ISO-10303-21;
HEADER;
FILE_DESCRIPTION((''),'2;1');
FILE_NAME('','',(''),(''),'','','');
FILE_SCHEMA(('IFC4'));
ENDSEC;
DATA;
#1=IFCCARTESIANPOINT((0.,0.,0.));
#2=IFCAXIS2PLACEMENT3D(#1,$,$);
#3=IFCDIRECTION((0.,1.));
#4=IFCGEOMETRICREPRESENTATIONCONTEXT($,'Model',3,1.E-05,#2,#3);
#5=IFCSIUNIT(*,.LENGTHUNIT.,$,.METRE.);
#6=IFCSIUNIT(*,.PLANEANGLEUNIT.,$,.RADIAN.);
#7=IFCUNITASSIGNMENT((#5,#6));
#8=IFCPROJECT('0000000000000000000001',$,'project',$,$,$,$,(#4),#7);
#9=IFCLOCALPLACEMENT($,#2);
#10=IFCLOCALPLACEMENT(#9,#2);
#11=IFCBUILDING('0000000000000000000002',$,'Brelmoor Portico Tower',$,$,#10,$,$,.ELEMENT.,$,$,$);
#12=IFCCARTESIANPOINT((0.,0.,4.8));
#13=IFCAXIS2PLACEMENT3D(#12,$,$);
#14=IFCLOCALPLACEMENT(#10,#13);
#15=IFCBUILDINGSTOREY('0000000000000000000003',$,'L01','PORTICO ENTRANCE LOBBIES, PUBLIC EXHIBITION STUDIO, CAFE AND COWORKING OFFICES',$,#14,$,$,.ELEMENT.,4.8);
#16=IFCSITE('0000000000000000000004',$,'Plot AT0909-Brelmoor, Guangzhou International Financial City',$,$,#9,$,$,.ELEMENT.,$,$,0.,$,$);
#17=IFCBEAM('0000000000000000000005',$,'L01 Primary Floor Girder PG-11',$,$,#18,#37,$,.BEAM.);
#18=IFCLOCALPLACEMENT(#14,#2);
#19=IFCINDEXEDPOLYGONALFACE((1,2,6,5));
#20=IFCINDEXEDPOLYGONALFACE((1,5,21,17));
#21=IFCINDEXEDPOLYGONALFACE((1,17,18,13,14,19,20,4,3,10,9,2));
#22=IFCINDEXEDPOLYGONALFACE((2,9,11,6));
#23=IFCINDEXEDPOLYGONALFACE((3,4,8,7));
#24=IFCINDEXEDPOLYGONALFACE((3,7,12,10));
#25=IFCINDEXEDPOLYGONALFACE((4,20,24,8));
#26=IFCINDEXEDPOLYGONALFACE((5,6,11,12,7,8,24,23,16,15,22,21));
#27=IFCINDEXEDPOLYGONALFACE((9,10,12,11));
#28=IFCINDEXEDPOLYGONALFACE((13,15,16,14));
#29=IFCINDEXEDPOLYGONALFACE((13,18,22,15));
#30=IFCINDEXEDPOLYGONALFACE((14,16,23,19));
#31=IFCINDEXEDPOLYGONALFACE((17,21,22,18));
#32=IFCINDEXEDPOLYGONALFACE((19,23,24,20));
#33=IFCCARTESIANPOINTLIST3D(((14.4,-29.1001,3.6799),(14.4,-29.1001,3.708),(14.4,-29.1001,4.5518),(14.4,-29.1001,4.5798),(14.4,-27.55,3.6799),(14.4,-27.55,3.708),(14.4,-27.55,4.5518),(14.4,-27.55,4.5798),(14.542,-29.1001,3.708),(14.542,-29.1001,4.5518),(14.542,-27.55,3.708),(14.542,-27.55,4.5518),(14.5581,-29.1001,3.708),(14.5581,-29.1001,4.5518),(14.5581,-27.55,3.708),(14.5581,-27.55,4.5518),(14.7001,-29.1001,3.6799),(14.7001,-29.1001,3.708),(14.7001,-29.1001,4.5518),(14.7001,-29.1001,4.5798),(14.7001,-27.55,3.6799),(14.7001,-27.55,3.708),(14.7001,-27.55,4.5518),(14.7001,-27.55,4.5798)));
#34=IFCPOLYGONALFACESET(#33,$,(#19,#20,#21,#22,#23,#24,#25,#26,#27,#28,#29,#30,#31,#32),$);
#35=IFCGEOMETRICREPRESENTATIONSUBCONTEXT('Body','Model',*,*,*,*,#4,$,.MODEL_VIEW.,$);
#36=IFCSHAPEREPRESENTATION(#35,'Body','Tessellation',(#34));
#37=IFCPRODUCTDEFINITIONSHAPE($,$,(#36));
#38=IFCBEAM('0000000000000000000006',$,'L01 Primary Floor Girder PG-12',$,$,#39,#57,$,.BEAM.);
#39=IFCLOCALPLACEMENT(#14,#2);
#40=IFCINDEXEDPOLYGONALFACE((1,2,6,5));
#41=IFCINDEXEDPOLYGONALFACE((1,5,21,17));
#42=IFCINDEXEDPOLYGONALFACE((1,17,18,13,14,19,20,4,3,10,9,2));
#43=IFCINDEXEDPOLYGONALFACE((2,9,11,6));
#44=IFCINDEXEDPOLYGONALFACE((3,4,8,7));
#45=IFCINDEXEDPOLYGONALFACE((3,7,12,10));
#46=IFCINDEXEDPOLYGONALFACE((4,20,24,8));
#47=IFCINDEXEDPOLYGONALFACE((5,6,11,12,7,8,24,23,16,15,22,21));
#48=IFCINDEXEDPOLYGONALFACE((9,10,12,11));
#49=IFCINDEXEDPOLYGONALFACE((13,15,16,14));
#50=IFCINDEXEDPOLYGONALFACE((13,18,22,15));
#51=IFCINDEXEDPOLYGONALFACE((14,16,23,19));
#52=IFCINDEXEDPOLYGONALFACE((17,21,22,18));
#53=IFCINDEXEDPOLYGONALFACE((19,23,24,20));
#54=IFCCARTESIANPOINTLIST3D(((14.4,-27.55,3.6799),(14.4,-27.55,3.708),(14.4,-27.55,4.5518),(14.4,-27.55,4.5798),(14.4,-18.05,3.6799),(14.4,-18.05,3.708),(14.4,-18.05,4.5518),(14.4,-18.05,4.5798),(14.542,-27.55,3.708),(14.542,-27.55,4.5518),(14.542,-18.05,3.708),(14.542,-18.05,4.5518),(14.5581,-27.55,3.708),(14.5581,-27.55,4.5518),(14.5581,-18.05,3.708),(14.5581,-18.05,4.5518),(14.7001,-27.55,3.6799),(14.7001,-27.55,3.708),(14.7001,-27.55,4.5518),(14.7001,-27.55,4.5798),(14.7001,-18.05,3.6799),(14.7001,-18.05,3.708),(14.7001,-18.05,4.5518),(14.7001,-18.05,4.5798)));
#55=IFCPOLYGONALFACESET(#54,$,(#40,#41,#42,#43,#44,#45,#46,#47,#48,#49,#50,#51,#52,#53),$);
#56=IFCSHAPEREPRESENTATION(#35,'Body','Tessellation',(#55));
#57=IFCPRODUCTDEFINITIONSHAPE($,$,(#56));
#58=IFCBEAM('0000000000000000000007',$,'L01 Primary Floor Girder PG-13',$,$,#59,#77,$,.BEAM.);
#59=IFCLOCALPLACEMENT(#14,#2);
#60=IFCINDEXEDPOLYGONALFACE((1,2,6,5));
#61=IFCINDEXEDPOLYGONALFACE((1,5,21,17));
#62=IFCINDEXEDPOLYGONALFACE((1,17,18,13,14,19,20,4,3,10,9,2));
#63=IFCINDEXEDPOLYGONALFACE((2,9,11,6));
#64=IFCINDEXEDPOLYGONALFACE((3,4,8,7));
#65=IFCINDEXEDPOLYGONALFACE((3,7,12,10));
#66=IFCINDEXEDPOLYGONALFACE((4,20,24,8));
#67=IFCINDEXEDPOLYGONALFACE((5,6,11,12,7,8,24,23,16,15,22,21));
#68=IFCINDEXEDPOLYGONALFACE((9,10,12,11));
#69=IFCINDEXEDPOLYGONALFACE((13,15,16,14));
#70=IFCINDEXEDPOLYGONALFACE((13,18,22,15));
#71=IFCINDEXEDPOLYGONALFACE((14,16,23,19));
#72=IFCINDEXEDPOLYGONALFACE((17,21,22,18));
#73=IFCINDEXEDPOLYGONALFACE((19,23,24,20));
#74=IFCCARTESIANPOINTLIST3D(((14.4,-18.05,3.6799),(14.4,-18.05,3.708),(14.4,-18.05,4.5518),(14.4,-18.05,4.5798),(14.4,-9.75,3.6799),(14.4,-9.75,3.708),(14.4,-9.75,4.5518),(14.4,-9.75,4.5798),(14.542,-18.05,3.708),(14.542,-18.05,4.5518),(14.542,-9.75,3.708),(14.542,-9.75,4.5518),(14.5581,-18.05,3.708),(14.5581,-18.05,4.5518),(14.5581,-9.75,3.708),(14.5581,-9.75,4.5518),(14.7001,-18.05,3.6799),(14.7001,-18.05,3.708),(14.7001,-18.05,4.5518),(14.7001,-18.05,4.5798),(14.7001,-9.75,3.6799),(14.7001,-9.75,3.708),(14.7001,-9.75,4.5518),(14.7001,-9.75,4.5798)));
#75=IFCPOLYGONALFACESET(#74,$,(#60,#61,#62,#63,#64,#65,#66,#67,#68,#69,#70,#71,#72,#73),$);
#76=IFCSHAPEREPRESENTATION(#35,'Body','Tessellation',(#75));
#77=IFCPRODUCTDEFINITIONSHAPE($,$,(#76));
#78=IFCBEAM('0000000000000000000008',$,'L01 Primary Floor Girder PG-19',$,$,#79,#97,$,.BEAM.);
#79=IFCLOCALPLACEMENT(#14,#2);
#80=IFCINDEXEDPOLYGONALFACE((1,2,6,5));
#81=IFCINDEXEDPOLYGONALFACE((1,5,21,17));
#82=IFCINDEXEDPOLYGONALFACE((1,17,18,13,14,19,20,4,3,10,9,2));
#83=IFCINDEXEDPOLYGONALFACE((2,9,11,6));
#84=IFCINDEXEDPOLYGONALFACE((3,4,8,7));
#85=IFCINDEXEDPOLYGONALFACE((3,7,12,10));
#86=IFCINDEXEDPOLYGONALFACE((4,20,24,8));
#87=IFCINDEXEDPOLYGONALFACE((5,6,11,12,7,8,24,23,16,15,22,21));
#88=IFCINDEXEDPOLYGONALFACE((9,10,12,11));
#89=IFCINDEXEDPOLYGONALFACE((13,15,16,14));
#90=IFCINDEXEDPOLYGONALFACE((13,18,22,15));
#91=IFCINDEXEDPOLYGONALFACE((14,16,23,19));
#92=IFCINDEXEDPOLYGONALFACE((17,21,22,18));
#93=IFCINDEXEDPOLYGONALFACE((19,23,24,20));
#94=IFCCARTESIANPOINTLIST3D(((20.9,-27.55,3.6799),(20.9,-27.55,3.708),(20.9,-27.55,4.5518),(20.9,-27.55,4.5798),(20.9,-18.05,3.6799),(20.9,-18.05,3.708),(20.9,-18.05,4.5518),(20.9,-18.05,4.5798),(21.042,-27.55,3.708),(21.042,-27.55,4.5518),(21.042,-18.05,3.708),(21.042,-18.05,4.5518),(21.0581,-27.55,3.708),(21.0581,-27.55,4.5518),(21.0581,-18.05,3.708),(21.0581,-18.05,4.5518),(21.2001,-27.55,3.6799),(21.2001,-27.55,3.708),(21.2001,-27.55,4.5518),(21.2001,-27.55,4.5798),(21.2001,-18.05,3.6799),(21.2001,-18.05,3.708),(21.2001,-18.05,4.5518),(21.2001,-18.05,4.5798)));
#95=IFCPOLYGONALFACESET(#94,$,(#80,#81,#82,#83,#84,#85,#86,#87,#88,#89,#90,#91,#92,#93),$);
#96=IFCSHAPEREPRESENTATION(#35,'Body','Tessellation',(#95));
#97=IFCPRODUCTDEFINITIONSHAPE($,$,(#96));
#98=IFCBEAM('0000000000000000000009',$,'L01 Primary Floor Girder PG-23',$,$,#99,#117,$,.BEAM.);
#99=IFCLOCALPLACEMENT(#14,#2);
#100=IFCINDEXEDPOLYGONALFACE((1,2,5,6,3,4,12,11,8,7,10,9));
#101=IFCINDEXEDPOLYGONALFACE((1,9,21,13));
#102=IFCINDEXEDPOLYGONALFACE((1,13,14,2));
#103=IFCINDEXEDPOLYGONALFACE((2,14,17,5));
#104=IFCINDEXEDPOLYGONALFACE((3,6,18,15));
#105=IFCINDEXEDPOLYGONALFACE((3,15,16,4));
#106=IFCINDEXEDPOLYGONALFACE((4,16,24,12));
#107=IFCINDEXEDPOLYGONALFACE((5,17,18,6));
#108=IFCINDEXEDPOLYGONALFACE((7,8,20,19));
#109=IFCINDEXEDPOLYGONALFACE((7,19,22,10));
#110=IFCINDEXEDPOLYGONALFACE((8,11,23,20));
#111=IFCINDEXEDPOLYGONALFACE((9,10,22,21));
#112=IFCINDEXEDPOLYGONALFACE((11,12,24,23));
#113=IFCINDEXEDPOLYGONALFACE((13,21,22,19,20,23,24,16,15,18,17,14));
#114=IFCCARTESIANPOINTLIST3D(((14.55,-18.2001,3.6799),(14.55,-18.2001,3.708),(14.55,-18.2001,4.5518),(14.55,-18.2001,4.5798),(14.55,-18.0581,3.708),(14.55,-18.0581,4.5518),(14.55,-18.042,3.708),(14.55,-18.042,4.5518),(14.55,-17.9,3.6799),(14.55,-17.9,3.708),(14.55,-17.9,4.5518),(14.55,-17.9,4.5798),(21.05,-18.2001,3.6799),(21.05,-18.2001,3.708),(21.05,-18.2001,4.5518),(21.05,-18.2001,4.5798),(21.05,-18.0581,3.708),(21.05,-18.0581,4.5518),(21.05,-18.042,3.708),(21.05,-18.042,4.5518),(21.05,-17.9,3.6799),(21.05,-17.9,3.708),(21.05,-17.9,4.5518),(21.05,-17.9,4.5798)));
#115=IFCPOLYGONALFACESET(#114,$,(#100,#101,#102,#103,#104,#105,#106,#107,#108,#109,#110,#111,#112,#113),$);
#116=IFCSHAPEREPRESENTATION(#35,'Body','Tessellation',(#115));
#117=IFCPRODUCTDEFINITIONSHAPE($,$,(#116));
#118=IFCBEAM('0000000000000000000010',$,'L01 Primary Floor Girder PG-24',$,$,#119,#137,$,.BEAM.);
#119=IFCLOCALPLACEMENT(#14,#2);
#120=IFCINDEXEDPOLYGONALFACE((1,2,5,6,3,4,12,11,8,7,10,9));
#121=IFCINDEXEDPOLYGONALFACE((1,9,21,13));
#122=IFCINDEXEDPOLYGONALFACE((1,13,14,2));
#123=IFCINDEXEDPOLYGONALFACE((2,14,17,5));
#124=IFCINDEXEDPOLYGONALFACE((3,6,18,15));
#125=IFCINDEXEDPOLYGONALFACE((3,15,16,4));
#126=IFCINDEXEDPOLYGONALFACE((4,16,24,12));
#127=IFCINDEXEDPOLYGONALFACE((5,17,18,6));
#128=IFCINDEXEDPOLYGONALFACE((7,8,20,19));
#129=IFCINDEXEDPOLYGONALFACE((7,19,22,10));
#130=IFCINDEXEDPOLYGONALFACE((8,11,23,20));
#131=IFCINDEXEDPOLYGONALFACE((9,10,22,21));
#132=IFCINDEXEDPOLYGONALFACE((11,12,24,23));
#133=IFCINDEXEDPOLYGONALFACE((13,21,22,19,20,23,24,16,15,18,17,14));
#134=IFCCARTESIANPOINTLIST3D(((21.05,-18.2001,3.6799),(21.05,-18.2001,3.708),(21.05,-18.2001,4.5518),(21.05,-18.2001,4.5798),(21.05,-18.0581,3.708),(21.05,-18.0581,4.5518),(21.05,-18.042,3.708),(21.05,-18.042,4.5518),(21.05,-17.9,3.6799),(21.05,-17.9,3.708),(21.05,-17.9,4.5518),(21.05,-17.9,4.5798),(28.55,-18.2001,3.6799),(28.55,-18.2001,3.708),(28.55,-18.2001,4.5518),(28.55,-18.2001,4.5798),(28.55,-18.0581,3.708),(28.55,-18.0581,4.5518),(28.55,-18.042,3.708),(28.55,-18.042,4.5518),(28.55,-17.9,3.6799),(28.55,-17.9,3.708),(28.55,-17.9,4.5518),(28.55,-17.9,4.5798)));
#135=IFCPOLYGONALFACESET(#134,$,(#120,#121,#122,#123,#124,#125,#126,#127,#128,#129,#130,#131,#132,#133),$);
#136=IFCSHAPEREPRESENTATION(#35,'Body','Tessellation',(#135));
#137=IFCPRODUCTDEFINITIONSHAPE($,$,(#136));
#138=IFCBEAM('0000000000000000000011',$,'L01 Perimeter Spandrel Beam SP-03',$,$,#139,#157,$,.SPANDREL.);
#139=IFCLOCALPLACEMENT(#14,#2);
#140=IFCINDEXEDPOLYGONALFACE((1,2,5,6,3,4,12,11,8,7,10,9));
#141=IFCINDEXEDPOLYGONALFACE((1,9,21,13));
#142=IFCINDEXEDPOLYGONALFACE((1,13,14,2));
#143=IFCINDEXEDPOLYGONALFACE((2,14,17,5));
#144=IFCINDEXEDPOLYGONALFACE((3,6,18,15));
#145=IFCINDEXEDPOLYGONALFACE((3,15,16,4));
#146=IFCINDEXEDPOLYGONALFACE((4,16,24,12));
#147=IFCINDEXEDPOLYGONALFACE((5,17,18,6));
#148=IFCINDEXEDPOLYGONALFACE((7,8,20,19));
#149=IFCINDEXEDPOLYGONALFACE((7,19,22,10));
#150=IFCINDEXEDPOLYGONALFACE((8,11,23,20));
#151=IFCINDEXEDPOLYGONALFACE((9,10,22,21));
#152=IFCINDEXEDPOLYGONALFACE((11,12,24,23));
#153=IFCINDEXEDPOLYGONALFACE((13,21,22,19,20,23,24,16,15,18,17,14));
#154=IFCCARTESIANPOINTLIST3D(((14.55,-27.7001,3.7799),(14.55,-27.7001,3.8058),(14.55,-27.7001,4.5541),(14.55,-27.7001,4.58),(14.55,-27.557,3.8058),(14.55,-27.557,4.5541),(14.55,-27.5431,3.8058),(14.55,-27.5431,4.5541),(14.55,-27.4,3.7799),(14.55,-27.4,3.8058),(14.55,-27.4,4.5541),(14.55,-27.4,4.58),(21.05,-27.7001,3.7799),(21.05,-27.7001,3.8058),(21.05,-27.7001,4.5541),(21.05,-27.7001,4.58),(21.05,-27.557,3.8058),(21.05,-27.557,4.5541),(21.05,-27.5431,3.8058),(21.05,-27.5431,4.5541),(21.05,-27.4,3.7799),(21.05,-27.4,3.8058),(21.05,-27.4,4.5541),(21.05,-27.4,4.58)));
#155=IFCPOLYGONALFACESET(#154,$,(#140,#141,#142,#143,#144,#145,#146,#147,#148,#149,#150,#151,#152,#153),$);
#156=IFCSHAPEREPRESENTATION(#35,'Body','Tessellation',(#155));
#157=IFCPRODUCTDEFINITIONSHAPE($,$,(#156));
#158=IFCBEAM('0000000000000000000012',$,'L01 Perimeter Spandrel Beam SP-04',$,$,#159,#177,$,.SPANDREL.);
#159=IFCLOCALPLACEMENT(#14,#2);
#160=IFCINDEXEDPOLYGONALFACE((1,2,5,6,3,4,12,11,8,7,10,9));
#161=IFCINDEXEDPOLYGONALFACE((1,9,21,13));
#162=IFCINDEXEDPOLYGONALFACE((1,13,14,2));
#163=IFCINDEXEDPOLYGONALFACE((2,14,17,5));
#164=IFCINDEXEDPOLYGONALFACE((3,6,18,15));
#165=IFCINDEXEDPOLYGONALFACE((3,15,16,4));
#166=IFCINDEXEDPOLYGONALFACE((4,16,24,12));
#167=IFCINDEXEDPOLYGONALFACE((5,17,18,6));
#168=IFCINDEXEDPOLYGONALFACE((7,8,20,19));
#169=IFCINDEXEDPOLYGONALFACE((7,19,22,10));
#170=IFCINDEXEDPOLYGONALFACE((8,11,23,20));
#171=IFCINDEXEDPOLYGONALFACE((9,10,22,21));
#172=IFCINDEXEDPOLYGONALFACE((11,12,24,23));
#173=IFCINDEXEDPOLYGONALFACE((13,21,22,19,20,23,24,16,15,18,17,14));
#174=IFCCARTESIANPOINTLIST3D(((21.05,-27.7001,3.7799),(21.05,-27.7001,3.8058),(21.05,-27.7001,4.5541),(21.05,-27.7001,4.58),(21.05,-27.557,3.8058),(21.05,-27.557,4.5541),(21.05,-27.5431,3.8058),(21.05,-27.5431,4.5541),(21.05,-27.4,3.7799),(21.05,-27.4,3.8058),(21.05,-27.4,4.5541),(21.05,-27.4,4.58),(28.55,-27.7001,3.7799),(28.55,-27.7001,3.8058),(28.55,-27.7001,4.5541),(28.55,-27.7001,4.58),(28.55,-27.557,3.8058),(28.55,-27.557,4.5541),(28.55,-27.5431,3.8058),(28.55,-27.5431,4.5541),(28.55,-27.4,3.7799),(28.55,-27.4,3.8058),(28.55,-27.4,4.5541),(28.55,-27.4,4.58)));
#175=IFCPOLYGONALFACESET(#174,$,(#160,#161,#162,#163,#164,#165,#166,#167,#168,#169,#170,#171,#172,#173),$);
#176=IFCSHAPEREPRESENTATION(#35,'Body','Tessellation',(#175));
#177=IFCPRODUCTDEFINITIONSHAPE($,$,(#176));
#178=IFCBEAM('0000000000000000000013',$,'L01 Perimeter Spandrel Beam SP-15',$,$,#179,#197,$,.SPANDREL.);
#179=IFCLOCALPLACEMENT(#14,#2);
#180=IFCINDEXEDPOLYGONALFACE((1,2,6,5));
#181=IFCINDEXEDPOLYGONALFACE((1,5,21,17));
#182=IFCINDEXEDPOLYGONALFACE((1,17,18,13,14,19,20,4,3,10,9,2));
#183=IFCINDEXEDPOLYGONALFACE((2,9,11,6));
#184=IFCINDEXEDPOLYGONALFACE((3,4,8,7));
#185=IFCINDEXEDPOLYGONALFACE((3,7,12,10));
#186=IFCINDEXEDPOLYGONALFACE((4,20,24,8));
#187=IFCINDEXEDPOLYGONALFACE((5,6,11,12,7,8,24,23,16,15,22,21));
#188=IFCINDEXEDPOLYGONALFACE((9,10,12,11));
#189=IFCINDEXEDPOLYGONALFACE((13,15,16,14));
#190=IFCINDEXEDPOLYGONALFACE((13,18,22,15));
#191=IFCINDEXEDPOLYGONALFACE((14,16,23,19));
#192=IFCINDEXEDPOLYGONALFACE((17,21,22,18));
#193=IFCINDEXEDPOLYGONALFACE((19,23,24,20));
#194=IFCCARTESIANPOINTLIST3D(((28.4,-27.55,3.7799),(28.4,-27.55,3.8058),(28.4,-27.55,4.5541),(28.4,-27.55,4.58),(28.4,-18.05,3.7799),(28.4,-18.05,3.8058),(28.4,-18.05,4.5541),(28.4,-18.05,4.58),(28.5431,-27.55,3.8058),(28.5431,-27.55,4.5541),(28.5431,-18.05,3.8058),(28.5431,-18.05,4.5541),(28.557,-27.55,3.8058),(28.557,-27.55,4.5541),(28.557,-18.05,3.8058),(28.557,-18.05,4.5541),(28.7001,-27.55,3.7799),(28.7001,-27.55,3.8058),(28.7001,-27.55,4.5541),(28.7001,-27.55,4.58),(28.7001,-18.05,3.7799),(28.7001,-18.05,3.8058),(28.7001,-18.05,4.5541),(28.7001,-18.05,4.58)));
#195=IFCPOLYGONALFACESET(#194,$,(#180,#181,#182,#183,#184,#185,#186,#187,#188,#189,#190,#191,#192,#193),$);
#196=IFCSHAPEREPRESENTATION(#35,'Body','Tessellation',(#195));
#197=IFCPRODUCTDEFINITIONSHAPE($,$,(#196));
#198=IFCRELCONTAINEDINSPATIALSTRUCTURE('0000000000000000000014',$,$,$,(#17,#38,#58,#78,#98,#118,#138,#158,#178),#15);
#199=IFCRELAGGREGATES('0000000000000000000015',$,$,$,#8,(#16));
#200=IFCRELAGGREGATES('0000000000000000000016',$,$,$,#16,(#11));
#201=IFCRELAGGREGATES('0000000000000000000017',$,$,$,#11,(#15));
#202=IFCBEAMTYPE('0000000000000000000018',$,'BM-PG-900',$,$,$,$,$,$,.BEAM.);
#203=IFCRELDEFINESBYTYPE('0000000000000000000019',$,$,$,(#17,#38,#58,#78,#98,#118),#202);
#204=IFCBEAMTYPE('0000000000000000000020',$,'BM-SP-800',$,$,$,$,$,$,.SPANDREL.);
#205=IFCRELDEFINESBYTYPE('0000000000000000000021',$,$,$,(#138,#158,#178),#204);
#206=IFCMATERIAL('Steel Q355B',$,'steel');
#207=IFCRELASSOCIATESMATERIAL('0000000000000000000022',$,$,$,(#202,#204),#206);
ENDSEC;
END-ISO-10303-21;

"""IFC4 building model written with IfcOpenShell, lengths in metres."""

from ifc_helpers import new_model, si_unit, direction, frame, origin, origin_2d, place, context, subcontext, project, spatial, i_section, extrude, material, material_profile, profile_set, type_object, element, save


model = new_model("IFC4")

# Units and contexts
model_context = context("Model", 3, precision=1e-05, world=origin(), true_north=direction((0.0, 1.0)))
body_context = subcontext(model_context, "Body", "Model", "MODEL_VIEW")
ifc_project = project(units=[si_unit("LENGTHUNIT", "METRE"), si_unit("PLANEANGLEUNIT", "RADIAN")], contexts=[model_context])

# Site, building, storey
site_placement = place(None, origin())
site = spatial("IfcSite", under=ifc_project, at=site_placement, Name="Plot AT0909-Brelmoor, Guangzhou International Financial City", CompositionType="ELEMENT", RefElevation=0.0)
building_placement = place(site_placement, origin())
building = spatial("IfcBuilding", under=site, at=building_placement, Name="Brelmoor Portico Tower", CompositionType="ELEMENT")
storey_placement = place(building_placement, frame((0.0, 0.0, 4.8)))
storey = spatial("IfcBuildingStorey", under=building, at=storey_placement, Name="L01", Description="PORTICO ENTRANCE LOBBIES, PUBLIC EXHIBITION STUDIO, CAFE AND COWORKING OFFICES", CompositionType="ELEMENT", Elevation=4.8)

# Beams
ifc_material_1 = material(Name="Steel Q355B", Category="steel")
ifc_material_profile_1 = material_profile(ifc_material_1, i_section(OverallWidth=0.3, OverallDepth=0.8999, WebThickness=0.0161, FlangeThickness=0.0281, at=origin_2d()), Name="HN 900x300x16x28")
ifc_profile_set_1 = profile_set([ifc_material_profile_1], Name="Steel Q355B")
beam_type_1 = type_object("IfcBeamType", Name="BM-PG-900", PredefinedType="BEAM", material=ifc_profile_set_1)
beam_1_placement = place(storey_placement, frame((14.55, -29.1001, 4.1299), z_axis=(0.0, 1.0, 0.0), x_axis=(-1.0, 0.0, 0.0)))
element("IfcBeam", 1, at=beam_1_placement, inside=storey, type_object=beam_type_1, Name="L01 Primary Floor Girder PG-11", PredefinedType="BEAM", context=body_context, shape_type="SweptSolid", body=[
    extrude(i_section(OverallWidth=0.3, OverallDepth=0.8999, WebThickness=0.0161, FlangeThickness=0.0281, at=origin_2d()), origin(), (0.0, 0.0, 1.0), 1.55),
])
beam_2_placement = place(storey_placement, frame((14.55, -27.55, 4.1299), z_axis=(0.0, 1.0, 0.0), x_axis=(-1.0, 0.0, 0.0)))
element("IfcBeam", 2, at=beam_2_placement, inside=storey, type_object=beam_type_1, Name="L01 Primary Floor Girder PG-12", PredefinedType="BEAM", context=body_context, shape_type="SweptSolid", body=[
    extrude(i_section(OverallWidth=0.3, OverallDepth=0.8999, WebThickness=0.0161, FlangeThickness=0.0281, at=origin_2d()), origin(), (0.0, 0.0, 1.0), 9.5),
])
beam_3_placement = place(storey_placement, frame((14.55, -18.05, 4.1299), z_axis=(0.0, 1.0, 0.0), x_axis=(-1.0, 0.0, 0.0)))
element("IfcBeam", 3, at=beam_3_placement, inside=storey, type_object=beam_type_1, Name="L01 Primary Floor Girder PG-13", PredefinedType="BEAM", context=body_context, shape_type="SweptSolid", body=[
    extrude(i_section(OverallWidth=0.3, OverallDepth=0.8999, WebThickness=0.0161, FlangeThickness=0.0281, at=origin_2d()), origin(), (0.0, 0.0, 1.0), 8.3),
])
beam_4_placement = place(storey_placement, frame((21.05, -27.55, 4.1299), z_axis=(0.0, 1.0, 0.0), x_axis=(-1.0, 0.0, 0.0)))
element("IfcBeam", 4, at=beam_4_placement, inside=storey, type_object=beam_type_1, Name="L01 Primary Floor Girder PG-19", PredefinedType="BEAM", context=body_context, shape_type="SweptSolid", body=[
    extrude(i_section(OverallWidth=0.3, OverallDepth=0.8999, WebThickness=0.0161, FlangeThickness=0.0281, at=origin_2d()), origin(), (0.0, 0.0, 1.0), 9.5),
])
beam_5_placement = place(storey_placement, frame((14.55, -18.05, 4.1299), z_axis=(1.0, 0.0, 0.0), x_axis=(0.0, 1.0, 0.0)))
element("IfcBeam", 5, at=beam_5_placement, inside=storey, type_object=beam_type_1, Name="L01 Primary Floor Girder PG-23", PredefinedType="BEAM", context=body_context, shape_type="SweptSolid", body=[
    extrude(i_section(OverallWidth=0.3, OverallDepth=0.8999, WebThickness=0.0161, FlangeThickness=0.0281, at=origin_2d()), origin(), (0.0, 0.0, 1.0), 6.5),
])
beam_6_placement = place(storey_placement, frame((21.05, -18.05, 4.1299), z_axis=(1.0, 0.0, 0.0), x_axis=(0.0, 1.0, 0.0)))
element("IfcBeam", 6, at=beam_6_placement, inside=storey, type_object=beam_type_1, Name="L01 Primary Floor Girder PG-24", PredefinedType="BEAM", context=body_context, shape_type="SweptSolid", body=[
    extrude(i_section(OverallWidth=0.3, OverallDepth=0.8999, WebThickness=0.0161, FlangeThickness=0.0281, at=origin_2d()), origin(), (0.0, 0.0, 1.0), 7.5),
])
ifc_material_profile_2 = material_profile(ifc_material_1, i_section(OverallWidth=0.3, OverallDepth=0.8, WebThickness=0.0139, FlangeThickness=0.0259, at=origin_2d()), Name="HN 800x300x14x26")
ifc_profile_set_2 = profile_set([ifc_material_profile_2], Name="Steel Q355B")
beam_type_2 = type_object("IfcBeamType", Name="BM-SP-800", PredefinedType="SPANDREL", material=ifc_profile_set_2)
beam_7_placement = place(storey_placement, frame((14.55, -27.55, 4.1799), z_axis=(1.0, 0.0, 0.0), x_axis=(0.0, 1.0, 0.0)))
element("IfcBeam", 7, at=beam_7_placement, inside=storey, type_object=beam_type_2, Name="L01 Perimeter Spandrel Beam SP-03", PredefinedType="SPANDREL", context=body_context, shape_type="SweptSolid", body=[
    extrude(i_section(OverallWidth=0.3, OverallDepth=0.8, WebThickness=0.0139, FlangeThickness=0.0259, at=origin_2d()), origin(), (0.0, 0.0, 1.0), 6.5),
])
beam_8_placement = place(storey_placement, frame((21.05, -27.55, 4.1799), z_axis=(1.0, 0.0, 0.0), x_axis=(0.0, 1.0, 0.0)))
element("IfcBeam", 8, at=beam_8_placement, inside=storey, type_object=beam_type_2, Name="L01 Perimeter Spandrel Beam SP-04", PredefinedType="SPANDREL", context=body_context, shape_type="SweptSolid", body=[
    extrude(i_section(OverallWidth=0.3, OverallDepth=0.8, WebThickness=0.0139, FlangeThickness=0.0259, at=origin_2d()), origin(), (0.0, 0.0, 1.0), 7.5),
])
beam_9_placement = place(storey_placement, frame((28.55, -27.55, 4.1799), z_axis=(0.0, 1.0, 0.0), x_axis=(-1.0, 0.0, 0.0)))
element("IfcBeam", 9, at=beam_9_placement, inside=storey, type_object=beam_type_2, Name="L01 Perimeter Spandrel Beam SP-15", PredefinedType="SPANDREL", context=body_context, shape_type="SweptSolid", body=[
    extrude(i_section(OverallWidth=0.3, OverallDepth=0.8, WebThickness=0.0139, FlangeThickness=0.0259, at=origin_2d()), origin(), (0.0, 0.0, 1.0), 9.5),
])

save(model, "model.ifc")
